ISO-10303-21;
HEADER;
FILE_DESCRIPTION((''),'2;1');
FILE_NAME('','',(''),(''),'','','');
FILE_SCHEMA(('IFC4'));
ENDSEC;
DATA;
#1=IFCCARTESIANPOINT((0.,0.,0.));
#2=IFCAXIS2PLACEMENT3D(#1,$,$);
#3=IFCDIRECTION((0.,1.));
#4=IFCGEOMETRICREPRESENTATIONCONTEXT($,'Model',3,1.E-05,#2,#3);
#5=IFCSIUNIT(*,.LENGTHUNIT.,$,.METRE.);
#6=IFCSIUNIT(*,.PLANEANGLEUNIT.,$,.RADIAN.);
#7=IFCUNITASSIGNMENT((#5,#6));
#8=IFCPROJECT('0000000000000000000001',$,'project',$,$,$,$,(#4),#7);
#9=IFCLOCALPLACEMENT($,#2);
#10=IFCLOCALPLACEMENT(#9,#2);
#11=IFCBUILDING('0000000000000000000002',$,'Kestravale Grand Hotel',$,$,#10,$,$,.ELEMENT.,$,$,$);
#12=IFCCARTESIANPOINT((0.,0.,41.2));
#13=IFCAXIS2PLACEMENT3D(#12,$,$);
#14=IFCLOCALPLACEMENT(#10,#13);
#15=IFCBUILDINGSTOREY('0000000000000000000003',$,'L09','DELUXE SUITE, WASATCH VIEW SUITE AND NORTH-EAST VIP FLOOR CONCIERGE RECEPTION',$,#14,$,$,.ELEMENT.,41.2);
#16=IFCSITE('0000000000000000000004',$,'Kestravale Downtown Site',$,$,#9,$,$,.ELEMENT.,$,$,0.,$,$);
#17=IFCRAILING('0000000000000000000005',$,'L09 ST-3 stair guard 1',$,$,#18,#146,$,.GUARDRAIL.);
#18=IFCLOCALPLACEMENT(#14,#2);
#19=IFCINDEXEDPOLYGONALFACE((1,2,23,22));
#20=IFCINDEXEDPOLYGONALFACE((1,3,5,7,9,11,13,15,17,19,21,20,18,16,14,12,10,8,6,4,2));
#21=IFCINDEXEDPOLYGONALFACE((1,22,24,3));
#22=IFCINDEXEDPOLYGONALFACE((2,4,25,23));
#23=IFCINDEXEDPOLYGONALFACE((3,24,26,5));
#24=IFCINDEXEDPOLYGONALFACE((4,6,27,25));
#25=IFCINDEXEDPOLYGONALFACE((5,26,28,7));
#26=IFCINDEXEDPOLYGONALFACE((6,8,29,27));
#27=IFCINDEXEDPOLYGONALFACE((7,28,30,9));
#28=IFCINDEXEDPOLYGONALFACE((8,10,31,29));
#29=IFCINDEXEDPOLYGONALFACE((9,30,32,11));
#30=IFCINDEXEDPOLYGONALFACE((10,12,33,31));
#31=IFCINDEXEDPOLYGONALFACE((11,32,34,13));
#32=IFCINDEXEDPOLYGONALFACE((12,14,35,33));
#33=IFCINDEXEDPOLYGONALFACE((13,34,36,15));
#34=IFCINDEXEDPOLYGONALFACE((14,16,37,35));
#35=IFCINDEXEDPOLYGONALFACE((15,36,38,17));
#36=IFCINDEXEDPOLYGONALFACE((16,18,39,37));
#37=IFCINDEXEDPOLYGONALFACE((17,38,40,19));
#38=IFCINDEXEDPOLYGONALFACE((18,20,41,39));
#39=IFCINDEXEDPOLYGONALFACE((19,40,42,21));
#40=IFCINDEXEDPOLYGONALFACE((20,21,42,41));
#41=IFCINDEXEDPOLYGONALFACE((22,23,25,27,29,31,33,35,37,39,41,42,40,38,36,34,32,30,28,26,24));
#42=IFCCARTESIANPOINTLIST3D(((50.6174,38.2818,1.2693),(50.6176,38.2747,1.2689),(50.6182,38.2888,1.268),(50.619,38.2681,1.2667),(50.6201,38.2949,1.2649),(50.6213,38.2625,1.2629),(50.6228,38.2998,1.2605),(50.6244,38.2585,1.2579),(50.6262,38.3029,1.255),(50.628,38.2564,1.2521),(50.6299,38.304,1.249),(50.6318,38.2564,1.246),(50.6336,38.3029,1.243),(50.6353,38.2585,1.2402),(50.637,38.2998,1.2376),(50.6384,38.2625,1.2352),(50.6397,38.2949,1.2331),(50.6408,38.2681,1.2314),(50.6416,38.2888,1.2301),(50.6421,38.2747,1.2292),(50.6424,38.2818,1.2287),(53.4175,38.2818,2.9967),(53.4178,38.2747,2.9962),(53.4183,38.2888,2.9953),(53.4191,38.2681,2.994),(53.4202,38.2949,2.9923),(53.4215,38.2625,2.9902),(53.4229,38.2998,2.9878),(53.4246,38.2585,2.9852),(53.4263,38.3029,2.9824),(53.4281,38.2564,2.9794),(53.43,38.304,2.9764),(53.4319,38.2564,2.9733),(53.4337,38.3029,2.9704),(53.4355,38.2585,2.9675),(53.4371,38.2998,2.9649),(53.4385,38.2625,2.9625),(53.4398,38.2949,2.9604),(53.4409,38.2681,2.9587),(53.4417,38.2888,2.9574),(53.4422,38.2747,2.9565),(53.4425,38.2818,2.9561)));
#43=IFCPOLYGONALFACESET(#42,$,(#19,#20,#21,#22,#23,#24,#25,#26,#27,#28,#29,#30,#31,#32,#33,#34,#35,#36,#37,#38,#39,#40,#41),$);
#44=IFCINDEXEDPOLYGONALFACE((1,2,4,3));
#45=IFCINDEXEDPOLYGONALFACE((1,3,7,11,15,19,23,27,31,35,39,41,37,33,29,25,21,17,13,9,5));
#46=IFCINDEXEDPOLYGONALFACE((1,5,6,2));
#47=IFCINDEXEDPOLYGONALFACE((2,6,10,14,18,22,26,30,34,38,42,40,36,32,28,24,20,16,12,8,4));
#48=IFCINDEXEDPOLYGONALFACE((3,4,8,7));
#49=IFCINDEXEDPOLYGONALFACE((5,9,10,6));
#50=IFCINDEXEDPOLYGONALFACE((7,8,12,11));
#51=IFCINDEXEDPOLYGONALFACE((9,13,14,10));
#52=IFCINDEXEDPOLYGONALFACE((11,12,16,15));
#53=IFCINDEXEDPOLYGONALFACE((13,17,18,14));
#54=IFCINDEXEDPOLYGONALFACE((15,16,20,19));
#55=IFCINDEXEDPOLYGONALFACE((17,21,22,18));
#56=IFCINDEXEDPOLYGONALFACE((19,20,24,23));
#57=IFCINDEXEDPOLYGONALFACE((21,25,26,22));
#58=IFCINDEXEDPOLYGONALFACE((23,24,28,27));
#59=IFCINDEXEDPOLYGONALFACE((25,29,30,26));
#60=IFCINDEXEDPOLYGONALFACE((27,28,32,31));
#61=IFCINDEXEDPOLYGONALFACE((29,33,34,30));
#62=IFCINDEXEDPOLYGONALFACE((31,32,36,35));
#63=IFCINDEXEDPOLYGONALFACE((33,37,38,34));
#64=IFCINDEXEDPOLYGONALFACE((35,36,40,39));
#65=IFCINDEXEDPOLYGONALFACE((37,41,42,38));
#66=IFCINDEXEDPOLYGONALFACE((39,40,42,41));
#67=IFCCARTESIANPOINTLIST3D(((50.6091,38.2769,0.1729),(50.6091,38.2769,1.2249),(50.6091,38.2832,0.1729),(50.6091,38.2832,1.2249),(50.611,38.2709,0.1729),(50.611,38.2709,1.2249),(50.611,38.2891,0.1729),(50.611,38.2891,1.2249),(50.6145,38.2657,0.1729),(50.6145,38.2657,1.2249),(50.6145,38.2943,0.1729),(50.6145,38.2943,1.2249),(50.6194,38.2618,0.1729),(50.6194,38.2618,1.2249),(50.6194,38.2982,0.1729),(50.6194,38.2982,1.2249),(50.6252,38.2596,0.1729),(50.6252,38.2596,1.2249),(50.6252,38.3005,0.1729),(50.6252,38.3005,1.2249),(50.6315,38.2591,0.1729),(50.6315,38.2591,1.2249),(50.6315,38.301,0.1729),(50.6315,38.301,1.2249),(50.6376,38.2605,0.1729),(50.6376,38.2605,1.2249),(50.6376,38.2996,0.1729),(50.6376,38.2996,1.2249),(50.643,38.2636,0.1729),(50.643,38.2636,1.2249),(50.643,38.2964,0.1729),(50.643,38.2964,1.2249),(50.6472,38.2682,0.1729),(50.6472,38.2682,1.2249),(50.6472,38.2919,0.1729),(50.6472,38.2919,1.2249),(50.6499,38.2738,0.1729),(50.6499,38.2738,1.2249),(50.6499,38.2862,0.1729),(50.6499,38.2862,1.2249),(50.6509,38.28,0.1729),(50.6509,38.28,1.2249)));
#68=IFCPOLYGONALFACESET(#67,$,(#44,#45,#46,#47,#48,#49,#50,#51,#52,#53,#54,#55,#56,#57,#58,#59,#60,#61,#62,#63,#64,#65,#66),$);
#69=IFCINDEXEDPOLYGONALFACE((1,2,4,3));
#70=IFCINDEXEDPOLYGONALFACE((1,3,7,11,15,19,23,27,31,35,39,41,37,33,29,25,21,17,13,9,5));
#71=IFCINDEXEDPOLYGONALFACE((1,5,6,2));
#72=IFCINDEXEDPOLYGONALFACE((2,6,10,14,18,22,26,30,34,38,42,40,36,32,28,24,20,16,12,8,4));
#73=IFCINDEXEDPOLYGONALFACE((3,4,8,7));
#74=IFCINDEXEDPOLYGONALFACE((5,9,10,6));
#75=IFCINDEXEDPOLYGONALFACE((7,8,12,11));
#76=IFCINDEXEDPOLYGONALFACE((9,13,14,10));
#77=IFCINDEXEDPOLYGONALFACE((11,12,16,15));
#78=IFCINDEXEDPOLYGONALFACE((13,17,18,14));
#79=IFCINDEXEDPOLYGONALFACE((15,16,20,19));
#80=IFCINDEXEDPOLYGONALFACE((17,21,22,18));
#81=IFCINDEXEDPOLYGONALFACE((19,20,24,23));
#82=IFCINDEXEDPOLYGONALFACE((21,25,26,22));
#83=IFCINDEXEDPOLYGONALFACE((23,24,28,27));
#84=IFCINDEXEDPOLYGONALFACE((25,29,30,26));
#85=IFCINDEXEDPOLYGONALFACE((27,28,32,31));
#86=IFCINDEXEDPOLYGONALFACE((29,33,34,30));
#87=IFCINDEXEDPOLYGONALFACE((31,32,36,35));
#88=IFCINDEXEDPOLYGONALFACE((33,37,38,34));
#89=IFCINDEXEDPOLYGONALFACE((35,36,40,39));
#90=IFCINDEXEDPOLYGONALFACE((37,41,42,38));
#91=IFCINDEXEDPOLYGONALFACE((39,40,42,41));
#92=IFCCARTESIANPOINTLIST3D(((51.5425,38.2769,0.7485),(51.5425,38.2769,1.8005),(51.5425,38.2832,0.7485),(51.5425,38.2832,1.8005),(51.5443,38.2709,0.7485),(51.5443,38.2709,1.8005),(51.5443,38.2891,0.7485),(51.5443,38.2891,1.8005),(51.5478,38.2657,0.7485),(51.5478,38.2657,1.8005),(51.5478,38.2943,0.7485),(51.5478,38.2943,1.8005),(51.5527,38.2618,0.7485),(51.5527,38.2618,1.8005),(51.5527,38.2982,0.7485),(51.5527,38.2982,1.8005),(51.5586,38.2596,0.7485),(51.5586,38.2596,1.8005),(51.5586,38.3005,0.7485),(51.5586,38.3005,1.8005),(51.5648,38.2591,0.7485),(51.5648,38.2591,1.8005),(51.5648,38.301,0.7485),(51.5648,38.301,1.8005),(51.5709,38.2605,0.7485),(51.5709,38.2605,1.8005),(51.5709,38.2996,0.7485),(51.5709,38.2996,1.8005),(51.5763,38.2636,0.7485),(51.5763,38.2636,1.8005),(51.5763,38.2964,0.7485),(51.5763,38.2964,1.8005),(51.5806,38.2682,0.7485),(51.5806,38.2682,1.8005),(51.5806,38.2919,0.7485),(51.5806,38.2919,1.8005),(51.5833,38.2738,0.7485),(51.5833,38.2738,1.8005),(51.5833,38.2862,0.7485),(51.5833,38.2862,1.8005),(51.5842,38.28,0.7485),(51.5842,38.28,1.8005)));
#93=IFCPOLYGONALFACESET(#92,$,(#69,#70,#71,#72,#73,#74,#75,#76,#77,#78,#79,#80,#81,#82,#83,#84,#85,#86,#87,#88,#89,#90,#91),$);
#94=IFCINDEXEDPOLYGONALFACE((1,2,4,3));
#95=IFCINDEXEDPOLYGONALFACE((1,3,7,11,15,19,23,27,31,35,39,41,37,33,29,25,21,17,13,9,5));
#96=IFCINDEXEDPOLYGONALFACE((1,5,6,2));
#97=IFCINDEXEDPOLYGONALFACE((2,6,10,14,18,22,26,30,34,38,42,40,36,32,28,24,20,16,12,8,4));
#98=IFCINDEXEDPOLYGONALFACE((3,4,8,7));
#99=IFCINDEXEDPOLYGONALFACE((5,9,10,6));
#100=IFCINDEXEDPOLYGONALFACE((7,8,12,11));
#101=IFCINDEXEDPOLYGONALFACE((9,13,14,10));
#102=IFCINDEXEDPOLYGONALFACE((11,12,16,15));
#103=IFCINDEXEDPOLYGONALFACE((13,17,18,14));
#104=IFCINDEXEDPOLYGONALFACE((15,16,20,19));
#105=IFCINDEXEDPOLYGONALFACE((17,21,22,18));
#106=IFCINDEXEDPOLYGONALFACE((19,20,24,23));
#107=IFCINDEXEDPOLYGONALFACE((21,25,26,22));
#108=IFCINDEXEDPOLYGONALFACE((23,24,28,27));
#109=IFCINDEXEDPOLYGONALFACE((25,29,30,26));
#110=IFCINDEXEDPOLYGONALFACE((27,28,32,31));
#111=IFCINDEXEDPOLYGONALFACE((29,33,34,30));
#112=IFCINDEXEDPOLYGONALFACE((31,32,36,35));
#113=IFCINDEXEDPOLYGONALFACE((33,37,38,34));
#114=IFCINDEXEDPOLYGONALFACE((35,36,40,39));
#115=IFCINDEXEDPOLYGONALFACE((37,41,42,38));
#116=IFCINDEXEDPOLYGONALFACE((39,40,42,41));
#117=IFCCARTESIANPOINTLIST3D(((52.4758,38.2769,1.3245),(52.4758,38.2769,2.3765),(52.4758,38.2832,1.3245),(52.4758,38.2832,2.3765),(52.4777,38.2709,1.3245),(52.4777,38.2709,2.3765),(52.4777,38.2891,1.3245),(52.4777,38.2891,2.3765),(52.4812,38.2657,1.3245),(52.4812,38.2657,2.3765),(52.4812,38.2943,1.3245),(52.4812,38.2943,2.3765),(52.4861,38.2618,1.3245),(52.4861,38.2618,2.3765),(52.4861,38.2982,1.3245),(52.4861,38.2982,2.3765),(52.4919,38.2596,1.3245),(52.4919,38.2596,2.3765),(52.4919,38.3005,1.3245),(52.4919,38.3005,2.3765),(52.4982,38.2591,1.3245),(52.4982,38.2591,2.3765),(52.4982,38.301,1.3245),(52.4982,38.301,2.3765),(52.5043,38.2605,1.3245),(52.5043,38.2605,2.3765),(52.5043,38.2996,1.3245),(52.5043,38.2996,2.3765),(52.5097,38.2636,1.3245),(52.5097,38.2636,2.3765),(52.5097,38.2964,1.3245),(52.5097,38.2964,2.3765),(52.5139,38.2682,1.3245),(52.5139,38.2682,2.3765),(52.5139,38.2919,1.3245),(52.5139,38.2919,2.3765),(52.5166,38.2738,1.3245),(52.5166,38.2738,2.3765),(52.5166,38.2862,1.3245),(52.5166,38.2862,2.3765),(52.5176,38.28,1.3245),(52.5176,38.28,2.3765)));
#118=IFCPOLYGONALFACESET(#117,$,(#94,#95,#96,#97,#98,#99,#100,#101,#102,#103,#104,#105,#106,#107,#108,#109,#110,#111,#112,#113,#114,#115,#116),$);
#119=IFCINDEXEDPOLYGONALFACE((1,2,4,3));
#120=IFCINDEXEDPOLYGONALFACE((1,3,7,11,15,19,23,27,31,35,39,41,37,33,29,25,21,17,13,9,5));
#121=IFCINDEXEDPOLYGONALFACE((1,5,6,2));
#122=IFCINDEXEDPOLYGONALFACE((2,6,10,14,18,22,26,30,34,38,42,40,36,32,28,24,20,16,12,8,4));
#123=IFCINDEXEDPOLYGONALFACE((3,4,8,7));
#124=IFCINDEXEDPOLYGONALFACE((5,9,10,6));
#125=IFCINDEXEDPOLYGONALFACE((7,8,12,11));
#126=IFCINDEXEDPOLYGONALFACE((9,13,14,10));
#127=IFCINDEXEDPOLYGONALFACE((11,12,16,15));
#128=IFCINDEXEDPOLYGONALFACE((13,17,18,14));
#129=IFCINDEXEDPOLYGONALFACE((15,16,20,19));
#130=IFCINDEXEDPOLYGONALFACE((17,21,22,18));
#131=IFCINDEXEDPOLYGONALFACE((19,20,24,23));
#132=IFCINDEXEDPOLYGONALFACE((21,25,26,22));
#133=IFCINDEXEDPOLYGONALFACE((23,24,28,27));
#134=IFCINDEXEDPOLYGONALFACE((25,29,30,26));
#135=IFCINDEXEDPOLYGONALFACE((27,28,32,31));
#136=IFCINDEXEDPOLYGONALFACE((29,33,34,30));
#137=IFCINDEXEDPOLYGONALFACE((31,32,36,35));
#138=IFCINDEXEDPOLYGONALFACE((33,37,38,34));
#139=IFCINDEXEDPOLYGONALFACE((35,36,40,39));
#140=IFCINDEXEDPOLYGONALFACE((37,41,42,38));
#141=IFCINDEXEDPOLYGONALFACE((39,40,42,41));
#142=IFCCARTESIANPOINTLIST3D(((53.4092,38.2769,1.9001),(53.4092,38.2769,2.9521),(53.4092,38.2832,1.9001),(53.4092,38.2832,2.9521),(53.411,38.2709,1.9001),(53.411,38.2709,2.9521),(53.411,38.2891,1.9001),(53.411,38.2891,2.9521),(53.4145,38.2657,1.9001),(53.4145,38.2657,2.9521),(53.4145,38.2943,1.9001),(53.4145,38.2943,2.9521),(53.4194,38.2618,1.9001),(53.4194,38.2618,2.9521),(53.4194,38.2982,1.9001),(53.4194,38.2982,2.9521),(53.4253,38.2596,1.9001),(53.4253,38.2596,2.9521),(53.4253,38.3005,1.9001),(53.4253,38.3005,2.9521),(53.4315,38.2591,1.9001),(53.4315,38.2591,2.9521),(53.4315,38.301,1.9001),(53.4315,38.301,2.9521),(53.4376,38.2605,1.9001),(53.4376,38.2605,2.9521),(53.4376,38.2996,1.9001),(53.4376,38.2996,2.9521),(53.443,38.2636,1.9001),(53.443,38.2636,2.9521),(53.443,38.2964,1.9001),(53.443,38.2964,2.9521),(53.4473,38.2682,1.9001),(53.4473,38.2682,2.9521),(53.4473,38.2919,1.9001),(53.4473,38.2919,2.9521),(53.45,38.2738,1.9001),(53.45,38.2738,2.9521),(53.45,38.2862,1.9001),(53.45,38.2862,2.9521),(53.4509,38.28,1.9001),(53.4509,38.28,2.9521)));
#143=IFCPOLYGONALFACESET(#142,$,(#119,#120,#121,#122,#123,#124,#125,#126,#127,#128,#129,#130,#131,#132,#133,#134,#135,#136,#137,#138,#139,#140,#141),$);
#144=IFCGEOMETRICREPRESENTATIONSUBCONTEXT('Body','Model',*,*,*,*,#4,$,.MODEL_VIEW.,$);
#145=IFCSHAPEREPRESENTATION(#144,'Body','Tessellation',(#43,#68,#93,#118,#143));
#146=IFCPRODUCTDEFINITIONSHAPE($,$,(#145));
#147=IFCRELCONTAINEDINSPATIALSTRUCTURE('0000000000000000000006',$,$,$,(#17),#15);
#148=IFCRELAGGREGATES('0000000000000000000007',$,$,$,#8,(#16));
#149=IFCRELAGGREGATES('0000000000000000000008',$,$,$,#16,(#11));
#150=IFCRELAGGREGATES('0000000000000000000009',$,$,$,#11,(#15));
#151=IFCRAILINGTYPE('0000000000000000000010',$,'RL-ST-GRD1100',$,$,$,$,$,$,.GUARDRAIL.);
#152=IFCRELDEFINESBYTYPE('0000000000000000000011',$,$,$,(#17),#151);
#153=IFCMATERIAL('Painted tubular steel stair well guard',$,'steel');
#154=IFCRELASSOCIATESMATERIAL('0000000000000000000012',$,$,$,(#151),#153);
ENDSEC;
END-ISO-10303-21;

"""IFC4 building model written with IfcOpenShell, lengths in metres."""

from ifc_helpers import new_model, si_unit, direction, frame, origin, origin_2d, place, context, subcontext, project, spatial, circle, extrude, material, type_object, element, save


model = new_model("IFC4")

# Units and contexts
model_context = context("Model", 3, precision=1e-05, world=origin(), true_north=direction((0.0, 1.0)))
body_context = subcontext(model_context, "Body", "Model", "MODEL_VIEW")
ifc_project = project(units=[si_unit("LENGTHUNIT", "METRE"), si_unit("PLANEANGLEUNIT", "RADIAN")], contexts=[model_context])

# Site, building, storey
site_placement = place(None, origin())
site = spatial("IfcSite", under=ifc_project, at=site_placement, Name="Kestravale Downtown Site", CompositionType="ELEMENT", RefElevation=0.0)
building_placement = place(site_placement, origin())
building = spatial("IfcBuilding", under=site, at=building_placement, Name="Kestravale Grand Hotel", CompositionType="ELEMENT")
storey_placement = place(building_placement, frame((0.0, 0.0, 41.2)))
storey = spatial("IfcBuildingStorey", under=building, at=storey_placement, Name="L09", Description="DELUXE SUITE, WASATCH VIEW SUITE AND NORTH-EAST VIP FLOOR CONCIERGE RECEPTION", CompositionType="ELEMENT", Elevation=41.2)

# Railing
ifc_material_1 = material(Name="Painted tubular steel stair well guard", Category="steel")
railing_type_1 = type_object("IfcRailingType", Name="RL-ST-GRD1100", PredefinedType="GUARDRAIL", material=ifc_material_1)
railing_1_placement = place(storey_placement, frame((50.6299, 38.28, 0.1729)))
element("IfcRailing", 1, at=railing_1_placement, inside=storey, type_object=railing_type_1, Name="L09 ST-3 stair guard 1", PredefinedType="GUARDRAIL", context=body_context, shape_type="SweptSolid", body=[
    extrude(circle(Radius=0.0239, at=origin_2d()), frame((0.0, 0.0, 1.0762), z_axis=(0.85109, 0.0, 0.52502), x_axis=(0.0, 1.0, 0.0)), (0.0, 0.0, 1.0), 3.29),
    extrude(circle(Radius=0.021, at=origin_2d()), origin(), (0.0, 0.0, 1.0), 1.052),
    extrude(circle(Radius=0.021, at=origin_2d()), frame((0.9333, 0.0, 0.5757)), (0.0, 0.0, 1.0), 1.052),
    extrude(circle(Radius=0.021, at=origin_2d()), frame((1.8667, 0.0, 1.1516)), (0.0, 0.0, 1.0), 1.052),
    extrude(circle(Radius=0.021, at=origin_2d()), frame((2.8, 0.0, 1.7273)), (0.0, 0.0, 1.0), 1.052),
])

save(model, "model.ifc")
